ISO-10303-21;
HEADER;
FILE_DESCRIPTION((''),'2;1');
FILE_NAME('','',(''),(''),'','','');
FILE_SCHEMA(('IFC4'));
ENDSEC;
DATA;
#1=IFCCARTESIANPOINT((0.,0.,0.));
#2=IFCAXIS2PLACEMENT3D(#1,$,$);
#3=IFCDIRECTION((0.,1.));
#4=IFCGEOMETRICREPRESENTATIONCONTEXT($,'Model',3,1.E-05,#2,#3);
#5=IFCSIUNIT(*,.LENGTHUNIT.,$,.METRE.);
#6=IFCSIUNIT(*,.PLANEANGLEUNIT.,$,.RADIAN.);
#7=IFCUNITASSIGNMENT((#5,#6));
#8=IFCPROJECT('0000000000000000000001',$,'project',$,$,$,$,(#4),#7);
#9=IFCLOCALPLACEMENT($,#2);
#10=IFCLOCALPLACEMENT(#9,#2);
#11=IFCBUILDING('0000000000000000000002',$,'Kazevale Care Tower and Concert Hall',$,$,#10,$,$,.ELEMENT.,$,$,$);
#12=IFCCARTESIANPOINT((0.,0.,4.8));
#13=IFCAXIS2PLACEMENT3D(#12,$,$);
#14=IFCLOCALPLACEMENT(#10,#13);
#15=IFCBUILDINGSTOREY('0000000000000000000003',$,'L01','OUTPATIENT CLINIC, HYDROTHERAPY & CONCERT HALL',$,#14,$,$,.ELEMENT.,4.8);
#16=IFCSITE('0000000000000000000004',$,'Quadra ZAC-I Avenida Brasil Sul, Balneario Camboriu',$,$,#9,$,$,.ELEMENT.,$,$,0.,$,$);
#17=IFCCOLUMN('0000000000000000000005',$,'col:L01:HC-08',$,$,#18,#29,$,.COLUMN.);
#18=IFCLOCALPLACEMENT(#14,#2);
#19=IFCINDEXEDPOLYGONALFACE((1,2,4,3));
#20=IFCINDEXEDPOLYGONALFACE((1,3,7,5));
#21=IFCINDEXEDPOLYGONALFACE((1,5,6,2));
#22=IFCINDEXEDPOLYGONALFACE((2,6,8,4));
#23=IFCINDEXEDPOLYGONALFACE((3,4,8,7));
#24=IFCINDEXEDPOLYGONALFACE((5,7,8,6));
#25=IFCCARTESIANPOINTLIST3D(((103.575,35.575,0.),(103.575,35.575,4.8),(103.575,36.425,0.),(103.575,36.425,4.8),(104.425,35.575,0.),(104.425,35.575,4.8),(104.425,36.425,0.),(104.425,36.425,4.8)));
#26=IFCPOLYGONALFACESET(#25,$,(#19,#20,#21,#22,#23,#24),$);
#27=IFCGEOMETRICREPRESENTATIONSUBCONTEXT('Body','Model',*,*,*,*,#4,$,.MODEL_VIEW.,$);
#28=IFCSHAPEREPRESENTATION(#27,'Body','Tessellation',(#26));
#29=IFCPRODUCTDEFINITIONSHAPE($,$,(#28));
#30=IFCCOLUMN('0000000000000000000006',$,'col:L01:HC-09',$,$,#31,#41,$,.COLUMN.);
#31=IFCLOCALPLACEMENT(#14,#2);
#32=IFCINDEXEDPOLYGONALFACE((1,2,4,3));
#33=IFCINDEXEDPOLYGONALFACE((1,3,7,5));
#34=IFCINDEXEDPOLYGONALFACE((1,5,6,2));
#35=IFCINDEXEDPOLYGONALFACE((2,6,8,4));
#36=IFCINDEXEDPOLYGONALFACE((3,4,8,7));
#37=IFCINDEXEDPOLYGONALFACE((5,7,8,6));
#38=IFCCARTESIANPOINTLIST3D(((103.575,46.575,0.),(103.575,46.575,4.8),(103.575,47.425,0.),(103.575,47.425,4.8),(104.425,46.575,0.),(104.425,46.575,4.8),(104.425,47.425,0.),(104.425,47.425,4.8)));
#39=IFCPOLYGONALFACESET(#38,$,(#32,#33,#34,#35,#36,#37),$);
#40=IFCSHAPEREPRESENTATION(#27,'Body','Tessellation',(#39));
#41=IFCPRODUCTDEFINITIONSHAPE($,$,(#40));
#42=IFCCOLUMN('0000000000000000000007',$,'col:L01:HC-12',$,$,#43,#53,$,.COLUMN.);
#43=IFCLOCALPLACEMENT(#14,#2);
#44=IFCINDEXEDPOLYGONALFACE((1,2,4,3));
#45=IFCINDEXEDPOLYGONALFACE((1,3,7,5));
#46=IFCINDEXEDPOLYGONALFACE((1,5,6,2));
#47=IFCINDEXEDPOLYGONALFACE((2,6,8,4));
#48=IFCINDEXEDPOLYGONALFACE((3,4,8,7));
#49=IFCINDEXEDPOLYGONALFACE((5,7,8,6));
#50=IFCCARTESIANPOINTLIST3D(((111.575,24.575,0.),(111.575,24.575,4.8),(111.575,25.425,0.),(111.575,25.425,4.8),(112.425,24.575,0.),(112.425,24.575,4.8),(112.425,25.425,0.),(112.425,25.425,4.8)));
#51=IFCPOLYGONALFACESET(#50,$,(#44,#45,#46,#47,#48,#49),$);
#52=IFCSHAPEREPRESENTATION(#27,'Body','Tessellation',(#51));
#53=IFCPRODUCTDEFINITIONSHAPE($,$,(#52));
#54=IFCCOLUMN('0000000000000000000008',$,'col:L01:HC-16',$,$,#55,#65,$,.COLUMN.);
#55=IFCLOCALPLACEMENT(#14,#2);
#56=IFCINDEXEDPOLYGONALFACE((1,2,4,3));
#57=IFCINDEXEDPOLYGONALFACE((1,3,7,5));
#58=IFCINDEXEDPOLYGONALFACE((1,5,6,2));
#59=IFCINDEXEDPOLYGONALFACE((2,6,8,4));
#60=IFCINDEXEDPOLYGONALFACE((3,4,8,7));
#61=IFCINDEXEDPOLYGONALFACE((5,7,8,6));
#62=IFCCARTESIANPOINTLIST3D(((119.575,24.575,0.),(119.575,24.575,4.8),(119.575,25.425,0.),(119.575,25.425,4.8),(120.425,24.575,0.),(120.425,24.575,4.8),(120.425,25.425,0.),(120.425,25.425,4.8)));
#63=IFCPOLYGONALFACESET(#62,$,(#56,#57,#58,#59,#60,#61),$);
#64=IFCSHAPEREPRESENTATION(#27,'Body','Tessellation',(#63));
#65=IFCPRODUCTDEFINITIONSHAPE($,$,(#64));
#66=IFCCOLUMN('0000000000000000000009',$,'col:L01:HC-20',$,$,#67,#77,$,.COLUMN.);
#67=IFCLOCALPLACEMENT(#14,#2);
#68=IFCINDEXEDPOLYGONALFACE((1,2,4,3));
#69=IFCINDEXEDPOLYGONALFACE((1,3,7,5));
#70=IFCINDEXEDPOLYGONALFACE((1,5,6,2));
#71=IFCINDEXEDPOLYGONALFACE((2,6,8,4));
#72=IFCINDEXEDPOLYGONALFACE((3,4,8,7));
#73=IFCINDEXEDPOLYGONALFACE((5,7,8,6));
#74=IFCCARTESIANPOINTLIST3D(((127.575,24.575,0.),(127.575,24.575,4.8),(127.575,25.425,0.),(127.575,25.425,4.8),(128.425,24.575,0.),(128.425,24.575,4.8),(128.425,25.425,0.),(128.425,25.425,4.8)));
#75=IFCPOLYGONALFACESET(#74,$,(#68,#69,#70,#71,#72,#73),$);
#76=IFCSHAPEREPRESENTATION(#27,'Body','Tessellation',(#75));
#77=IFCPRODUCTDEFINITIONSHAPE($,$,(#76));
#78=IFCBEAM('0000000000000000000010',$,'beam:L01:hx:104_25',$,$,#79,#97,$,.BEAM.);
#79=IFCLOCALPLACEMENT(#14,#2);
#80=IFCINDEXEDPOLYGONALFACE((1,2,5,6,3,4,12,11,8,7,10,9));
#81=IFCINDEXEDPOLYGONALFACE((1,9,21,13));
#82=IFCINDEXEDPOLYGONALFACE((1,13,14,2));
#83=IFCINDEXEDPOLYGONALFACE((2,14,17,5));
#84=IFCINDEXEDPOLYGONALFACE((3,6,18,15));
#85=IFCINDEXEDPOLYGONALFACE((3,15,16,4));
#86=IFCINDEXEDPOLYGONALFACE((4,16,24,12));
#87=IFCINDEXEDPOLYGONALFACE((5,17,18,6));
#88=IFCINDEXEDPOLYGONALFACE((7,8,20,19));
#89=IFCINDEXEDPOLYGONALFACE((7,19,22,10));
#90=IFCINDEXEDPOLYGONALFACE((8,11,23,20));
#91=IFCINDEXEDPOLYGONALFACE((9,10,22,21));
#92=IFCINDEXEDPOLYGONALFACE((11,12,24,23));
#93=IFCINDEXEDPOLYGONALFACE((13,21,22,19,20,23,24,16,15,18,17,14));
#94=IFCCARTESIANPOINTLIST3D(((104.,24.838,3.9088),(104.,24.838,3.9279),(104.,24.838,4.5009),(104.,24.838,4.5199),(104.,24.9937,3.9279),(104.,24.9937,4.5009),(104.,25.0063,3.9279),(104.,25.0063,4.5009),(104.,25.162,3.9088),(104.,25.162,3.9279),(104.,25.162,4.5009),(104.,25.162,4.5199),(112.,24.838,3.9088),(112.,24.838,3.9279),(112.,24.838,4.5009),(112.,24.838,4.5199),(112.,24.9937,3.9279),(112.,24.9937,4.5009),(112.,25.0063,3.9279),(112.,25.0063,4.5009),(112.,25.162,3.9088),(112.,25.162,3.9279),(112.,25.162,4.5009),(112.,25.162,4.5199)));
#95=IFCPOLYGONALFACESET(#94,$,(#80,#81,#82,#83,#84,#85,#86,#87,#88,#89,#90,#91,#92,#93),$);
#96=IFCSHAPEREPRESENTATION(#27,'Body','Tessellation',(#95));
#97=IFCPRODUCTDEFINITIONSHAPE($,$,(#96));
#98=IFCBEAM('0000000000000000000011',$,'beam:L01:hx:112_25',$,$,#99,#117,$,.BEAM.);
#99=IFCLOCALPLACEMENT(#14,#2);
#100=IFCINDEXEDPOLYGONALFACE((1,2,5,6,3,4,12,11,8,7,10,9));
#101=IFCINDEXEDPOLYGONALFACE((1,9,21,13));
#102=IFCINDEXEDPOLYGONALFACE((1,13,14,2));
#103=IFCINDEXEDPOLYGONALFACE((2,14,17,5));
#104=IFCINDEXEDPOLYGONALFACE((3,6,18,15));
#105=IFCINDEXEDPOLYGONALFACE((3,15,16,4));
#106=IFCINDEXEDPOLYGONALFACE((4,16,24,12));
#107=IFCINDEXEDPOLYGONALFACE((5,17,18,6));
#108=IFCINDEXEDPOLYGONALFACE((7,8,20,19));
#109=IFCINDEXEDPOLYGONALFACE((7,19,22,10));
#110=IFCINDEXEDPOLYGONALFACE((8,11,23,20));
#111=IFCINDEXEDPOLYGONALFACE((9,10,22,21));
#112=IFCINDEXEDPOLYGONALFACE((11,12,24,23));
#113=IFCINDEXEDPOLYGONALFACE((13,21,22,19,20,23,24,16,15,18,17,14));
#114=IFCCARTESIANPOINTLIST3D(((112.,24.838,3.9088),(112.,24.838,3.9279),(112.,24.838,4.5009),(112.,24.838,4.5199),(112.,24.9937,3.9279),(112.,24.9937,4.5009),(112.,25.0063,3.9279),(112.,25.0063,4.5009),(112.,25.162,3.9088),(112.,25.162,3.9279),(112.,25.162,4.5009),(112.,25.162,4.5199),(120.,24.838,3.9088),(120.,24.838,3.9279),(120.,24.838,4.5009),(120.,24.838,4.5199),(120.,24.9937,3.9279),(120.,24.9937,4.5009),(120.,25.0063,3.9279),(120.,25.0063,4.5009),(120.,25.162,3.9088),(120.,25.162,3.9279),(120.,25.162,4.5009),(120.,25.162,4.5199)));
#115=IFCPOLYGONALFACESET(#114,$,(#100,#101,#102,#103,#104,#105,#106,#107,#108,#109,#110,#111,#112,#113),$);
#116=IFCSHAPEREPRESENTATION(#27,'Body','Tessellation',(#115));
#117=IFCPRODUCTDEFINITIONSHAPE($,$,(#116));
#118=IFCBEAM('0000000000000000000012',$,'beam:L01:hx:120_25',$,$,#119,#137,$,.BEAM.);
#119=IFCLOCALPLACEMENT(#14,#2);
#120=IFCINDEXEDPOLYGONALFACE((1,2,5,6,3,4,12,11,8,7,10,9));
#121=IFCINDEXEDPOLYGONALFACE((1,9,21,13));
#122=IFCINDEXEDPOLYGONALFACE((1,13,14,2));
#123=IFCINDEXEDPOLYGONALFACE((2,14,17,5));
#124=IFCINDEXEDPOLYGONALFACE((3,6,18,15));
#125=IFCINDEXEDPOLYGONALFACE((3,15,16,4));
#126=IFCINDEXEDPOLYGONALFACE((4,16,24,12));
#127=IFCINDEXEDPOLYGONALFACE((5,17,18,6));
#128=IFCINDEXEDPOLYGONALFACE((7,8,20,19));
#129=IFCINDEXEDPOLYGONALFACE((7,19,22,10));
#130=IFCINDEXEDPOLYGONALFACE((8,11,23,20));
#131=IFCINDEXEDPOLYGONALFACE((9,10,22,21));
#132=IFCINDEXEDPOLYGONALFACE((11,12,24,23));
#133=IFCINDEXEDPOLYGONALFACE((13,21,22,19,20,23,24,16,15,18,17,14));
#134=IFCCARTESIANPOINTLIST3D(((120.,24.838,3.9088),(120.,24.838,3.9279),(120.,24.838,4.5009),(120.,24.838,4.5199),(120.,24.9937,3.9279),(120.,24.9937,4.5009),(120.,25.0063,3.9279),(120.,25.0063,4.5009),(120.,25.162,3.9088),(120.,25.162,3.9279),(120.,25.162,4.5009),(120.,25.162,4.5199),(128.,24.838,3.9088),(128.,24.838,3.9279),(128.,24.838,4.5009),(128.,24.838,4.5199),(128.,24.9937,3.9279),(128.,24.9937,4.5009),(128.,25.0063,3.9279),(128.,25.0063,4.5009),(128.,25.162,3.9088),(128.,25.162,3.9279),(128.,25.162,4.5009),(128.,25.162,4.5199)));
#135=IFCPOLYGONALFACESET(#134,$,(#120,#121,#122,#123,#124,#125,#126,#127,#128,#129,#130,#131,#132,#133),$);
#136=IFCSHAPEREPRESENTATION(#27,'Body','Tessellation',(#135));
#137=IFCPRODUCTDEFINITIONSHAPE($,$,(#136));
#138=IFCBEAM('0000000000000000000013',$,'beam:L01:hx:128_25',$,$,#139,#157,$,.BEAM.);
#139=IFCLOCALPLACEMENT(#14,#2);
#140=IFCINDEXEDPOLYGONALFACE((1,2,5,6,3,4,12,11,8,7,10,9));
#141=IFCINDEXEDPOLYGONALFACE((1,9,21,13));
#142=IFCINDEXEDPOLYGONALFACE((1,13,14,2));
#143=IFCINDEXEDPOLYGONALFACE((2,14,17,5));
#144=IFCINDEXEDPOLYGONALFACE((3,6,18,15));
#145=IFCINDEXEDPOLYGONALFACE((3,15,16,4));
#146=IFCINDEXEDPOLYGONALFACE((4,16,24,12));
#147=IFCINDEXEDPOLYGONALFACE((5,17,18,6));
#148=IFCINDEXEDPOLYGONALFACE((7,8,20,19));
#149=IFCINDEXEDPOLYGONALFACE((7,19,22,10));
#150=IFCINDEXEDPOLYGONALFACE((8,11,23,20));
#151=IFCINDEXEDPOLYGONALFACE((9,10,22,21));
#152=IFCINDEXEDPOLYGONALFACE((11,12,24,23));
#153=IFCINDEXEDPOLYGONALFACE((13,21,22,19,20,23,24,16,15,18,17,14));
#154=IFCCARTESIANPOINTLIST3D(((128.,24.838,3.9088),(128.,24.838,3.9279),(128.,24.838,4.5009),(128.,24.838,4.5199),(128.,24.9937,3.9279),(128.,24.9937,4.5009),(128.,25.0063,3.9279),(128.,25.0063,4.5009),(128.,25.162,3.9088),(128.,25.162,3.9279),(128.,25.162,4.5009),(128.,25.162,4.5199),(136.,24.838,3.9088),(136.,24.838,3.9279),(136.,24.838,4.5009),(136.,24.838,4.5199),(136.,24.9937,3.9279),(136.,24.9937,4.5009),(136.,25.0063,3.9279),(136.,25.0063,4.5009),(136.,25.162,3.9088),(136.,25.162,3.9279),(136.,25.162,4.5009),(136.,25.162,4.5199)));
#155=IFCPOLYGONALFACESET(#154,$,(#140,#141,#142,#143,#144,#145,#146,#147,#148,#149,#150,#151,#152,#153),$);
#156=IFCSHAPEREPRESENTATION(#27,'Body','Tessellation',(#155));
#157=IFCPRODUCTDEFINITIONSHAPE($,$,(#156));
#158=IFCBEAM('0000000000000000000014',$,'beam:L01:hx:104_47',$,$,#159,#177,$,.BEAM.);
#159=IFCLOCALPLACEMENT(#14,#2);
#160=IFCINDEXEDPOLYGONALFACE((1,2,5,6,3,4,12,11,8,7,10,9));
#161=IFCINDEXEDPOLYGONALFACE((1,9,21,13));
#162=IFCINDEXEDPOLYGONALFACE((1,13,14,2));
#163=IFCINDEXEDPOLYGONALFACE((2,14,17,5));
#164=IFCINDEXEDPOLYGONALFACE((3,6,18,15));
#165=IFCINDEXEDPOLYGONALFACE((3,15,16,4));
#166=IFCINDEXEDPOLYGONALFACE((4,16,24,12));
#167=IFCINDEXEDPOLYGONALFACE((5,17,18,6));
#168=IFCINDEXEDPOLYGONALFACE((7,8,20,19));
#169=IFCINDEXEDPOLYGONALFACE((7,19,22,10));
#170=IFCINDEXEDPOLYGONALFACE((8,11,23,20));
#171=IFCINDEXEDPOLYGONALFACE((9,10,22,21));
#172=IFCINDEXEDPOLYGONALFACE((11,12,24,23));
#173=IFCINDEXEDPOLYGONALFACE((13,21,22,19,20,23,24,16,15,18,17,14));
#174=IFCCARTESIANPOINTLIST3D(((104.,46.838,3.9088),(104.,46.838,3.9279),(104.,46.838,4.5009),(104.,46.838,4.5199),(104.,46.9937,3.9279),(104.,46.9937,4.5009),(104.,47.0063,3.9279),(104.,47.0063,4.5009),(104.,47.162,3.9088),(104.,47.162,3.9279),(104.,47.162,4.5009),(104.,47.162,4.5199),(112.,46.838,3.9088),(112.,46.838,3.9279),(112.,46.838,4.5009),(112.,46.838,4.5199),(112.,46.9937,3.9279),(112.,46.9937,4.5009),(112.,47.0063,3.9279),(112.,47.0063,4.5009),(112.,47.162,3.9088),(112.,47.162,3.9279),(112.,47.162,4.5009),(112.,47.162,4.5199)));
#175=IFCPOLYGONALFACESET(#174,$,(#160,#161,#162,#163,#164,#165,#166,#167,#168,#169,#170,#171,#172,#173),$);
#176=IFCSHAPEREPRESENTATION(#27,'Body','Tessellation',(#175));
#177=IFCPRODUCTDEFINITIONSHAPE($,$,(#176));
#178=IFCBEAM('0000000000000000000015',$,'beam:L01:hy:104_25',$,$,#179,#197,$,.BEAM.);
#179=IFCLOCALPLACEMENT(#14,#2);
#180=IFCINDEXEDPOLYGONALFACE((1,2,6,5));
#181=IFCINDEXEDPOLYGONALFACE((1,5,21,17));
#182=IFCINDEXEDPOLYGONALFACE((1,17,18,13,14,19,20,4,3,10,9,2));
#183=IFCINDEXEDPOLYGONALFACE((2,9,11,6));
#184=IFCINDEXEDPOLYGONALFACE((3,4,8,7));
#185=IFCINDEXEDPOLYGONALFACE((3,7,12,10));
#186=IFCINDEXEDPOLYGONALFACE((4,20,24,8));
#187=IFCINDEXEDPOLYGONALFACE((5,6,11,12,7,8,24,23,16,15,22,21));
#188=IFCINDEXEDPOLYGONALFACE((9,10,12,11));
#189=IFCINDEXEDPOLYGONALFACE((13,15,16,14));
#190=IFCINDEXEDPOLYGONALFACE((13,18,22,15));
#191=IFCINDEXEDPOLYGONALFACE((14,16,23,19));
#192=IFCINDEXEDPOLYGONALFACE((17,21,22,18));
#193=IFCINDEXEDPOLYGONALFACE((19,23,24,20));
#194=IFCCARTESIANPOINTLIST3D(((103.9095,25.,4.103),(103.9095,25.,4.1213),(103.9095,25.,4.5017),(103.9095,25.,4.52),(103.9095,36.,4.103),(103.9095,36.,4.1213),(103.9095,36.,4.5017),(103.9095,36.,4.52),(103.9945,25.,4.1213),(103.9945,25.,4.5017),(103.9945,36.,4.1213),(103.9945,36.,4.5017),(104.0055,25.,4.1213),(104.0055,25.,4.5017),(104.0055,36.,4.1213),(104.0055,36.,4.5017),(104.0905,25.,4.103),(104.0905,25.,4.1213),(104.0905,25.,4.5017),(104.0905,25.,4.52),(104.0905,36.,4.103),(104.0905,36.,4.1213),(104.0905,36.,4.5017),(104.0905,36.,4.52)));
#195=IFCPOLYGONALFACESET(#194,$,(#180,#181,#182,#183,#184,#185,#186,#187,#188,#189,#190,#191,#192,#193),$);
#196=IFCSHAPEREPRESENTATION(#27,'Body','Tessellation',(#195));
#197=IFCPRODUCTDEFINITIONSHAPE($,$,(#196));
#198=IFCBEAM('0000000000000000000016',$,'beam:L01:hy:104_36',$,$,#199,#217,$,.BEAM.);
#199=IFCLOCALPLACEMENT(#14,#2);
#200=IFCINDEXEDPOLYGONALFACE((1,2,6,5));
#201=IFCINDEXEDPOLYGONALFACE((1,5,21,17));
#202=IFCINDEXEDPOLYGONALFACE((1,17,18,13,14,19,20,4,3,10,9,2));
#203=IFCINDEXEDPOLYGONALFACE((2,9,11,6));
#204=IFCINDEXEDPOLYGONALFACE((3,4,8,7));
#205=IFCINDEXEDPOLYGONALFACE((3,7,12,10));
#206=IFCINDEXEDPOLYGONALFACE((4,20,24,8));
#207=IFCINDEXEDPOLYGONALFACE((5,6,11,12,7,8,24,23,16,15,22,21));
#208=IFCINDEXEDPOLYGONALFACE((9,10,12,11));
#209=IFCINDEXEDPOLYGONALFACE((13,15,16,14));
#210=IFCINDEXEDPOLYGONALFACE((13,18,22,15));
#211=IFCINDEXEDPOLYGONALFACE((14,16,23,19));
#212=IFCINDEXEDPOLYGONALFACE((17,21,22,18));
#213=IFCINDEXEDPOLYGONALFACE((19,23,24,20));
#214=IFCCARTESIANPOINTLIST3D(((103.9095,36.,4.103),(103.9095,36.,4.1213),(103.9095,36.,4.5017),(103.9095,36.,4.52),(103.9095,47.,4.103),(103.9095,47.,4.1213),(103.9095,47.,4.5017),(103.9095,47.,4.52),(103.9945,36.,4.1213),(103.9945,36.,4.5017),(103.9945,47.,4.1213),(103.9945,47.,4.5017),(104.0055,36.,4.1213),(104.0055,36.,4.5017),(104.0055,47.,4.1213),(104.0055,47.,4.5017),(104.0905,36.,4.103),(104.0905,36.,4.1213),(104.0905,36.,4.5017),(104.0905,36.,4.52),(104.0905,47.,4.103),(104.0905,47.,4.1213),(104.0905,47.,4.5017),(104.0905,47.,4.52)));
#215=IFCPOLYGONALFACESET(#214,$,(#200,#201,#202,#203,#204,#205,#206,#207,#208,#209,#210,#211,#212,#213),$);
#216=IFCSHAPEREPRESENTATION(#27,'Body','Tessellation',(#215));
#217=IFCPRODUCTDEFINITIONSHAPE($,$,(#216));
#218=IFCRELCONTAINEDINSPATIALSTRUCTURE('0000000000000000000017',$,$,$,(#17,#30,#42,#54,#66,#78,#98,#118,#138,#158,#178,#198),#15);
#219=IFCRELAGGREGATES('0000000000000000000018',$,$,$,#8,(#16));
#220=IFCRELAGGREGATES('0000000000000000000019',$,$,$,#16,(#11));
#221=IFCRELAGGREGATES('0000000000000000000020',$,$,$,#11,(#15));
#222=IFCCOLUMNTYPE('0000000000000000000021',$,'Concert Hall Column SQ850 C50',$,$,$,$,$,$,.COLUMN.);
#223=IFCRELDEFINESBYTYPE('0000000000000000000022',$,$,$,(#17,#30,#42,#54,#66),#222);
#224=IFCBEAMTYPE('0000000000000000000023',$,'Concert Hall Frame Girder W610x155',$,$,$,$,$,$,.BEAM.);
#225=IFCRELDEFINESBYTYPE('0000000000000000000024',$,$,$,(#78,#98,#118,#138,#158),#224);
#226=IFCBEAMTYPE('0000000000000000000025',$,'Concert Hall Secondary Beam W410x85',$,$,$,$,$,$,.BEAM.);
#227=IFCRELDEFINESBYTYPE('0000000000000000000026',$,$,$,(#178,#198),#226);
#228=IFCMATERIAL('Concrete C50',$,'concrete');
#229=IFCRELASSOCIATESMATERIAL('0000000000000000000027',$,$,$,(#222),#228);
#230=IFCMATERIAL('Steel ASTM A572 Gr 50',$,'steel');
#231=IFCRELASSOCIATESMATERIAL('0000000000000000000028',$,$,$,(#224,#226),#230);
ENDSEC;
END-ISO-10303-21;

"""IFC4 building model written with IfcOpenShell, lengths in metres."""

from ifc_helpers import new_model, si_unit, direction, frame, origin, origin_2d, place, context, subcontext, project, spatial, rectangle, i_section, extrude, material, material_profile, profile_set, type_object, element, save


model = new_model("IFC4")

# Units and contexts
model_context = context("Model", 3, precision=1e-05, world=origin(), true_north=direction((0.0, 1.0)))
body_context = subcontext(model_context, "Body", "Model", "MODEL_VIEW")
ifc_project = project(units=[si_unit("LENGTHUNIT", "METRE"), si_unit("PLANEANGLEUNIT", "RADIAN")], contexts=[model_context])

# Site, building, storey
site_placement = place(None, origin())
site = spatial("IfcSite", under=ifc_project, at=site_placement, Name="Quadra ZAC-I Avenida Brasil Sul, Balneario Camboriu", CompositionType="ELEMENT", RefElevation=0.0)
building_placement = place(site_placement, origin())
building = spatial("IfcBuilding", under=site, at=building_placement, Name="Kazevale Care Tower and Concert Hall", CompositionType="ELEMENT")
storey_placement = place(building_placement, frame((0.0, 0.0, 4.8)))
storey = spatial("IfcBuildingStorey", under=building, at=storey_placement, Name="L01", Description="OUTPATIENT CLINIC, HYDROTHERAPY & CONCERT HALL", CompositionType="ELEMENT", Elevation=4.8)

# Columns
ifc_material_1 = material(Name="Concrete C50", Category="concrete")
ifc_material_profile_1 = material_profile(ifc_material_1, rectangle(XDim=0.8501, YDim=0.8501, at=origin_2d()), Name="RC-SQ850")
ifc_profile_set_1 = profile_set([ifc_material_profile_1], Name="Concrete C50")
column_type = type_object("IfcColumnType", Name="Concert Hall Column SQ850 C50", PredefinedType="COLUMN", material=ifc_profile_set_1)
for number, where, z_axis, x_axis, name in (
    (1, (104.0, 36.0, 0.0), (0.0, 0.0, 1.0), (1.0, 0.0, 0.0), "col:L01:HC-08"),
    (2, (104.0, 47.0, 0.0), (0.0, 0.0, 1.0), (1.0, 0.0, 0.0), "col:L01:HC-09"),
    (3, (112.0, 25.0, 0.0), (0.0, 0.0, 1.0), (1.0, 0.0, 0.0), "col:L01:HC-12"),
    (4, (120.0, 25.0, 0.0), (0.0, 0.0, 1.0), (1.0, 0.0, 0.0), "col:L01:HC-16"),
    (5, (128.0, 25.0, 0.0), (0.0, 0.0, 1.0), (1.0, 0.0, 0.0), "col:L01:HC-20"),
):
    element("IfcColumn", number, at=place(storey_placement, frame(where, z_axis=z_axis, x_axis=x_axis)), inside=storey, type_object=column_type, Name=name, PredefinedType="COLUMN", context=body_context, shape_type="SweptSolid", body=[
        extrude(rectangle(XDim=0.8501, YDim=0.8501, at=origin_2d()), origin(), (0.0, 0.0, 1.0), 4.8),
    ])

# Beams
ifc_material_2 = material(Name="Steel ASTM A572 Gr 50", Category="steel")
ifc_material_profile_2 = material_profile(ifc_material_2, i_section(OverallWidth=0.324, OverallDepth=0.6111, WebThickness=0.0127, FlangeThickness=0.019, at=origin_2d()), Name="W610x155")
ifc_profile_set_2 = profile_set([ifc_material_profile_2], Name="Steel ASTM A572 Gr 50")
beam_type_1 = type_object("IfcBeamType", Name="Concert Hall Frame Girder W610x155", PredefinedType="BEAM", material=ifc_profile_set_2)
for number, where, z_axis, x_axis, name in (
    (6, (104.0, 25.0, 4.2144), (1.0, 0.0, 0.0), (0.0, 1.0, 0.0), "beam:L01:hx:104_25"),
    (7, (112.0, 25.0, 4.2144), (1.0, 0.0, 0.0), (0.0, 1.0, 0.0), "beam:L01:hx:112_25"),
    (8, (120.0, 25.0, 4.2144), (1.0, 0.0, 0.0), (0.0, 1.0, 0.0), "beam:L01:hx:120_25"),
    (9, (128.0, 25.0, 4.2144), (1.0, 0.0, 0.0), (0.0, 1.0, 0.0), "beam:L01:hx:128_25"),
    (10, (104.0, 47.0, 4.2144), (1.0, 0.0, 0.0), (0.0, 1.0, 0.0), "beam:L01:hx:104_47"),
):
    element("IfcBeam", number, at=place(storey_placement, frame(where, z_axis=z_axis, x_axis=x_axis)), inside=storey, type_object=beam_type_1, Name=name, PredefinedType="BEAM", context=body_context, shape_type="SweptSolid", body=[
        extrude(i_section(OverallWidth=0.324, OverallDepth=0.6111, WebThickness=0.0127, FlangeThickness=0.019, at=origin_2d()), origin(), (0.0, 0.0, 1.0), 8.0),
    ])
ifc_material_profile_3 = material_profile(ifc_material_2, i_section(OverallWidth=0.1809, OverallDepth=0.417, WebThickness=0.011, FlangeThickness=0.0183, at=origin_2d()), Name="W410x85")
ifc_profile_set_3 = profile_set([ifc_material_profile_3], Name="Steel ASTM A572 Gr 50")
beam_type_2 = type_object("IfcBeamType", Name="Concert Hall Secondary Beam W410x85", PredefinedType="BEAM", material=ifc_profile_set_3)
for number, where, z_axis, x_axis, name in (
    (11, (104.0, 25.0, 4.3115), (0.0, 1.0, 0.0), (-1.0, 0.0, 0.0), "beam:L01:hy:104_25"),
    (12, (104.0, 36.0, 4.3115), (0.0, 1.0, 0.0), (-1.0, 0.0, 0.0), "beam:L01:hy:104_36"),
):
    element("IfcBeam", number, at=place(storey_placement, frame(where, z_axis=z_axis, x_axis=x_axis)), inside=storey, type_object=beam_type_2, Name=name, PredefinedType="BEAM", context=body_context, shape_type="SweptSolid", body=[
        extrude(i_section(OverallWidth=0.1809, OverallDepth=0.417, WebThickness=0.011, FlangeThickness=0.0183, at=origin_2d()), origin(), (0.0, 0.0, 1.0), 11.0),
    ])

save(model, "model.ifc")
